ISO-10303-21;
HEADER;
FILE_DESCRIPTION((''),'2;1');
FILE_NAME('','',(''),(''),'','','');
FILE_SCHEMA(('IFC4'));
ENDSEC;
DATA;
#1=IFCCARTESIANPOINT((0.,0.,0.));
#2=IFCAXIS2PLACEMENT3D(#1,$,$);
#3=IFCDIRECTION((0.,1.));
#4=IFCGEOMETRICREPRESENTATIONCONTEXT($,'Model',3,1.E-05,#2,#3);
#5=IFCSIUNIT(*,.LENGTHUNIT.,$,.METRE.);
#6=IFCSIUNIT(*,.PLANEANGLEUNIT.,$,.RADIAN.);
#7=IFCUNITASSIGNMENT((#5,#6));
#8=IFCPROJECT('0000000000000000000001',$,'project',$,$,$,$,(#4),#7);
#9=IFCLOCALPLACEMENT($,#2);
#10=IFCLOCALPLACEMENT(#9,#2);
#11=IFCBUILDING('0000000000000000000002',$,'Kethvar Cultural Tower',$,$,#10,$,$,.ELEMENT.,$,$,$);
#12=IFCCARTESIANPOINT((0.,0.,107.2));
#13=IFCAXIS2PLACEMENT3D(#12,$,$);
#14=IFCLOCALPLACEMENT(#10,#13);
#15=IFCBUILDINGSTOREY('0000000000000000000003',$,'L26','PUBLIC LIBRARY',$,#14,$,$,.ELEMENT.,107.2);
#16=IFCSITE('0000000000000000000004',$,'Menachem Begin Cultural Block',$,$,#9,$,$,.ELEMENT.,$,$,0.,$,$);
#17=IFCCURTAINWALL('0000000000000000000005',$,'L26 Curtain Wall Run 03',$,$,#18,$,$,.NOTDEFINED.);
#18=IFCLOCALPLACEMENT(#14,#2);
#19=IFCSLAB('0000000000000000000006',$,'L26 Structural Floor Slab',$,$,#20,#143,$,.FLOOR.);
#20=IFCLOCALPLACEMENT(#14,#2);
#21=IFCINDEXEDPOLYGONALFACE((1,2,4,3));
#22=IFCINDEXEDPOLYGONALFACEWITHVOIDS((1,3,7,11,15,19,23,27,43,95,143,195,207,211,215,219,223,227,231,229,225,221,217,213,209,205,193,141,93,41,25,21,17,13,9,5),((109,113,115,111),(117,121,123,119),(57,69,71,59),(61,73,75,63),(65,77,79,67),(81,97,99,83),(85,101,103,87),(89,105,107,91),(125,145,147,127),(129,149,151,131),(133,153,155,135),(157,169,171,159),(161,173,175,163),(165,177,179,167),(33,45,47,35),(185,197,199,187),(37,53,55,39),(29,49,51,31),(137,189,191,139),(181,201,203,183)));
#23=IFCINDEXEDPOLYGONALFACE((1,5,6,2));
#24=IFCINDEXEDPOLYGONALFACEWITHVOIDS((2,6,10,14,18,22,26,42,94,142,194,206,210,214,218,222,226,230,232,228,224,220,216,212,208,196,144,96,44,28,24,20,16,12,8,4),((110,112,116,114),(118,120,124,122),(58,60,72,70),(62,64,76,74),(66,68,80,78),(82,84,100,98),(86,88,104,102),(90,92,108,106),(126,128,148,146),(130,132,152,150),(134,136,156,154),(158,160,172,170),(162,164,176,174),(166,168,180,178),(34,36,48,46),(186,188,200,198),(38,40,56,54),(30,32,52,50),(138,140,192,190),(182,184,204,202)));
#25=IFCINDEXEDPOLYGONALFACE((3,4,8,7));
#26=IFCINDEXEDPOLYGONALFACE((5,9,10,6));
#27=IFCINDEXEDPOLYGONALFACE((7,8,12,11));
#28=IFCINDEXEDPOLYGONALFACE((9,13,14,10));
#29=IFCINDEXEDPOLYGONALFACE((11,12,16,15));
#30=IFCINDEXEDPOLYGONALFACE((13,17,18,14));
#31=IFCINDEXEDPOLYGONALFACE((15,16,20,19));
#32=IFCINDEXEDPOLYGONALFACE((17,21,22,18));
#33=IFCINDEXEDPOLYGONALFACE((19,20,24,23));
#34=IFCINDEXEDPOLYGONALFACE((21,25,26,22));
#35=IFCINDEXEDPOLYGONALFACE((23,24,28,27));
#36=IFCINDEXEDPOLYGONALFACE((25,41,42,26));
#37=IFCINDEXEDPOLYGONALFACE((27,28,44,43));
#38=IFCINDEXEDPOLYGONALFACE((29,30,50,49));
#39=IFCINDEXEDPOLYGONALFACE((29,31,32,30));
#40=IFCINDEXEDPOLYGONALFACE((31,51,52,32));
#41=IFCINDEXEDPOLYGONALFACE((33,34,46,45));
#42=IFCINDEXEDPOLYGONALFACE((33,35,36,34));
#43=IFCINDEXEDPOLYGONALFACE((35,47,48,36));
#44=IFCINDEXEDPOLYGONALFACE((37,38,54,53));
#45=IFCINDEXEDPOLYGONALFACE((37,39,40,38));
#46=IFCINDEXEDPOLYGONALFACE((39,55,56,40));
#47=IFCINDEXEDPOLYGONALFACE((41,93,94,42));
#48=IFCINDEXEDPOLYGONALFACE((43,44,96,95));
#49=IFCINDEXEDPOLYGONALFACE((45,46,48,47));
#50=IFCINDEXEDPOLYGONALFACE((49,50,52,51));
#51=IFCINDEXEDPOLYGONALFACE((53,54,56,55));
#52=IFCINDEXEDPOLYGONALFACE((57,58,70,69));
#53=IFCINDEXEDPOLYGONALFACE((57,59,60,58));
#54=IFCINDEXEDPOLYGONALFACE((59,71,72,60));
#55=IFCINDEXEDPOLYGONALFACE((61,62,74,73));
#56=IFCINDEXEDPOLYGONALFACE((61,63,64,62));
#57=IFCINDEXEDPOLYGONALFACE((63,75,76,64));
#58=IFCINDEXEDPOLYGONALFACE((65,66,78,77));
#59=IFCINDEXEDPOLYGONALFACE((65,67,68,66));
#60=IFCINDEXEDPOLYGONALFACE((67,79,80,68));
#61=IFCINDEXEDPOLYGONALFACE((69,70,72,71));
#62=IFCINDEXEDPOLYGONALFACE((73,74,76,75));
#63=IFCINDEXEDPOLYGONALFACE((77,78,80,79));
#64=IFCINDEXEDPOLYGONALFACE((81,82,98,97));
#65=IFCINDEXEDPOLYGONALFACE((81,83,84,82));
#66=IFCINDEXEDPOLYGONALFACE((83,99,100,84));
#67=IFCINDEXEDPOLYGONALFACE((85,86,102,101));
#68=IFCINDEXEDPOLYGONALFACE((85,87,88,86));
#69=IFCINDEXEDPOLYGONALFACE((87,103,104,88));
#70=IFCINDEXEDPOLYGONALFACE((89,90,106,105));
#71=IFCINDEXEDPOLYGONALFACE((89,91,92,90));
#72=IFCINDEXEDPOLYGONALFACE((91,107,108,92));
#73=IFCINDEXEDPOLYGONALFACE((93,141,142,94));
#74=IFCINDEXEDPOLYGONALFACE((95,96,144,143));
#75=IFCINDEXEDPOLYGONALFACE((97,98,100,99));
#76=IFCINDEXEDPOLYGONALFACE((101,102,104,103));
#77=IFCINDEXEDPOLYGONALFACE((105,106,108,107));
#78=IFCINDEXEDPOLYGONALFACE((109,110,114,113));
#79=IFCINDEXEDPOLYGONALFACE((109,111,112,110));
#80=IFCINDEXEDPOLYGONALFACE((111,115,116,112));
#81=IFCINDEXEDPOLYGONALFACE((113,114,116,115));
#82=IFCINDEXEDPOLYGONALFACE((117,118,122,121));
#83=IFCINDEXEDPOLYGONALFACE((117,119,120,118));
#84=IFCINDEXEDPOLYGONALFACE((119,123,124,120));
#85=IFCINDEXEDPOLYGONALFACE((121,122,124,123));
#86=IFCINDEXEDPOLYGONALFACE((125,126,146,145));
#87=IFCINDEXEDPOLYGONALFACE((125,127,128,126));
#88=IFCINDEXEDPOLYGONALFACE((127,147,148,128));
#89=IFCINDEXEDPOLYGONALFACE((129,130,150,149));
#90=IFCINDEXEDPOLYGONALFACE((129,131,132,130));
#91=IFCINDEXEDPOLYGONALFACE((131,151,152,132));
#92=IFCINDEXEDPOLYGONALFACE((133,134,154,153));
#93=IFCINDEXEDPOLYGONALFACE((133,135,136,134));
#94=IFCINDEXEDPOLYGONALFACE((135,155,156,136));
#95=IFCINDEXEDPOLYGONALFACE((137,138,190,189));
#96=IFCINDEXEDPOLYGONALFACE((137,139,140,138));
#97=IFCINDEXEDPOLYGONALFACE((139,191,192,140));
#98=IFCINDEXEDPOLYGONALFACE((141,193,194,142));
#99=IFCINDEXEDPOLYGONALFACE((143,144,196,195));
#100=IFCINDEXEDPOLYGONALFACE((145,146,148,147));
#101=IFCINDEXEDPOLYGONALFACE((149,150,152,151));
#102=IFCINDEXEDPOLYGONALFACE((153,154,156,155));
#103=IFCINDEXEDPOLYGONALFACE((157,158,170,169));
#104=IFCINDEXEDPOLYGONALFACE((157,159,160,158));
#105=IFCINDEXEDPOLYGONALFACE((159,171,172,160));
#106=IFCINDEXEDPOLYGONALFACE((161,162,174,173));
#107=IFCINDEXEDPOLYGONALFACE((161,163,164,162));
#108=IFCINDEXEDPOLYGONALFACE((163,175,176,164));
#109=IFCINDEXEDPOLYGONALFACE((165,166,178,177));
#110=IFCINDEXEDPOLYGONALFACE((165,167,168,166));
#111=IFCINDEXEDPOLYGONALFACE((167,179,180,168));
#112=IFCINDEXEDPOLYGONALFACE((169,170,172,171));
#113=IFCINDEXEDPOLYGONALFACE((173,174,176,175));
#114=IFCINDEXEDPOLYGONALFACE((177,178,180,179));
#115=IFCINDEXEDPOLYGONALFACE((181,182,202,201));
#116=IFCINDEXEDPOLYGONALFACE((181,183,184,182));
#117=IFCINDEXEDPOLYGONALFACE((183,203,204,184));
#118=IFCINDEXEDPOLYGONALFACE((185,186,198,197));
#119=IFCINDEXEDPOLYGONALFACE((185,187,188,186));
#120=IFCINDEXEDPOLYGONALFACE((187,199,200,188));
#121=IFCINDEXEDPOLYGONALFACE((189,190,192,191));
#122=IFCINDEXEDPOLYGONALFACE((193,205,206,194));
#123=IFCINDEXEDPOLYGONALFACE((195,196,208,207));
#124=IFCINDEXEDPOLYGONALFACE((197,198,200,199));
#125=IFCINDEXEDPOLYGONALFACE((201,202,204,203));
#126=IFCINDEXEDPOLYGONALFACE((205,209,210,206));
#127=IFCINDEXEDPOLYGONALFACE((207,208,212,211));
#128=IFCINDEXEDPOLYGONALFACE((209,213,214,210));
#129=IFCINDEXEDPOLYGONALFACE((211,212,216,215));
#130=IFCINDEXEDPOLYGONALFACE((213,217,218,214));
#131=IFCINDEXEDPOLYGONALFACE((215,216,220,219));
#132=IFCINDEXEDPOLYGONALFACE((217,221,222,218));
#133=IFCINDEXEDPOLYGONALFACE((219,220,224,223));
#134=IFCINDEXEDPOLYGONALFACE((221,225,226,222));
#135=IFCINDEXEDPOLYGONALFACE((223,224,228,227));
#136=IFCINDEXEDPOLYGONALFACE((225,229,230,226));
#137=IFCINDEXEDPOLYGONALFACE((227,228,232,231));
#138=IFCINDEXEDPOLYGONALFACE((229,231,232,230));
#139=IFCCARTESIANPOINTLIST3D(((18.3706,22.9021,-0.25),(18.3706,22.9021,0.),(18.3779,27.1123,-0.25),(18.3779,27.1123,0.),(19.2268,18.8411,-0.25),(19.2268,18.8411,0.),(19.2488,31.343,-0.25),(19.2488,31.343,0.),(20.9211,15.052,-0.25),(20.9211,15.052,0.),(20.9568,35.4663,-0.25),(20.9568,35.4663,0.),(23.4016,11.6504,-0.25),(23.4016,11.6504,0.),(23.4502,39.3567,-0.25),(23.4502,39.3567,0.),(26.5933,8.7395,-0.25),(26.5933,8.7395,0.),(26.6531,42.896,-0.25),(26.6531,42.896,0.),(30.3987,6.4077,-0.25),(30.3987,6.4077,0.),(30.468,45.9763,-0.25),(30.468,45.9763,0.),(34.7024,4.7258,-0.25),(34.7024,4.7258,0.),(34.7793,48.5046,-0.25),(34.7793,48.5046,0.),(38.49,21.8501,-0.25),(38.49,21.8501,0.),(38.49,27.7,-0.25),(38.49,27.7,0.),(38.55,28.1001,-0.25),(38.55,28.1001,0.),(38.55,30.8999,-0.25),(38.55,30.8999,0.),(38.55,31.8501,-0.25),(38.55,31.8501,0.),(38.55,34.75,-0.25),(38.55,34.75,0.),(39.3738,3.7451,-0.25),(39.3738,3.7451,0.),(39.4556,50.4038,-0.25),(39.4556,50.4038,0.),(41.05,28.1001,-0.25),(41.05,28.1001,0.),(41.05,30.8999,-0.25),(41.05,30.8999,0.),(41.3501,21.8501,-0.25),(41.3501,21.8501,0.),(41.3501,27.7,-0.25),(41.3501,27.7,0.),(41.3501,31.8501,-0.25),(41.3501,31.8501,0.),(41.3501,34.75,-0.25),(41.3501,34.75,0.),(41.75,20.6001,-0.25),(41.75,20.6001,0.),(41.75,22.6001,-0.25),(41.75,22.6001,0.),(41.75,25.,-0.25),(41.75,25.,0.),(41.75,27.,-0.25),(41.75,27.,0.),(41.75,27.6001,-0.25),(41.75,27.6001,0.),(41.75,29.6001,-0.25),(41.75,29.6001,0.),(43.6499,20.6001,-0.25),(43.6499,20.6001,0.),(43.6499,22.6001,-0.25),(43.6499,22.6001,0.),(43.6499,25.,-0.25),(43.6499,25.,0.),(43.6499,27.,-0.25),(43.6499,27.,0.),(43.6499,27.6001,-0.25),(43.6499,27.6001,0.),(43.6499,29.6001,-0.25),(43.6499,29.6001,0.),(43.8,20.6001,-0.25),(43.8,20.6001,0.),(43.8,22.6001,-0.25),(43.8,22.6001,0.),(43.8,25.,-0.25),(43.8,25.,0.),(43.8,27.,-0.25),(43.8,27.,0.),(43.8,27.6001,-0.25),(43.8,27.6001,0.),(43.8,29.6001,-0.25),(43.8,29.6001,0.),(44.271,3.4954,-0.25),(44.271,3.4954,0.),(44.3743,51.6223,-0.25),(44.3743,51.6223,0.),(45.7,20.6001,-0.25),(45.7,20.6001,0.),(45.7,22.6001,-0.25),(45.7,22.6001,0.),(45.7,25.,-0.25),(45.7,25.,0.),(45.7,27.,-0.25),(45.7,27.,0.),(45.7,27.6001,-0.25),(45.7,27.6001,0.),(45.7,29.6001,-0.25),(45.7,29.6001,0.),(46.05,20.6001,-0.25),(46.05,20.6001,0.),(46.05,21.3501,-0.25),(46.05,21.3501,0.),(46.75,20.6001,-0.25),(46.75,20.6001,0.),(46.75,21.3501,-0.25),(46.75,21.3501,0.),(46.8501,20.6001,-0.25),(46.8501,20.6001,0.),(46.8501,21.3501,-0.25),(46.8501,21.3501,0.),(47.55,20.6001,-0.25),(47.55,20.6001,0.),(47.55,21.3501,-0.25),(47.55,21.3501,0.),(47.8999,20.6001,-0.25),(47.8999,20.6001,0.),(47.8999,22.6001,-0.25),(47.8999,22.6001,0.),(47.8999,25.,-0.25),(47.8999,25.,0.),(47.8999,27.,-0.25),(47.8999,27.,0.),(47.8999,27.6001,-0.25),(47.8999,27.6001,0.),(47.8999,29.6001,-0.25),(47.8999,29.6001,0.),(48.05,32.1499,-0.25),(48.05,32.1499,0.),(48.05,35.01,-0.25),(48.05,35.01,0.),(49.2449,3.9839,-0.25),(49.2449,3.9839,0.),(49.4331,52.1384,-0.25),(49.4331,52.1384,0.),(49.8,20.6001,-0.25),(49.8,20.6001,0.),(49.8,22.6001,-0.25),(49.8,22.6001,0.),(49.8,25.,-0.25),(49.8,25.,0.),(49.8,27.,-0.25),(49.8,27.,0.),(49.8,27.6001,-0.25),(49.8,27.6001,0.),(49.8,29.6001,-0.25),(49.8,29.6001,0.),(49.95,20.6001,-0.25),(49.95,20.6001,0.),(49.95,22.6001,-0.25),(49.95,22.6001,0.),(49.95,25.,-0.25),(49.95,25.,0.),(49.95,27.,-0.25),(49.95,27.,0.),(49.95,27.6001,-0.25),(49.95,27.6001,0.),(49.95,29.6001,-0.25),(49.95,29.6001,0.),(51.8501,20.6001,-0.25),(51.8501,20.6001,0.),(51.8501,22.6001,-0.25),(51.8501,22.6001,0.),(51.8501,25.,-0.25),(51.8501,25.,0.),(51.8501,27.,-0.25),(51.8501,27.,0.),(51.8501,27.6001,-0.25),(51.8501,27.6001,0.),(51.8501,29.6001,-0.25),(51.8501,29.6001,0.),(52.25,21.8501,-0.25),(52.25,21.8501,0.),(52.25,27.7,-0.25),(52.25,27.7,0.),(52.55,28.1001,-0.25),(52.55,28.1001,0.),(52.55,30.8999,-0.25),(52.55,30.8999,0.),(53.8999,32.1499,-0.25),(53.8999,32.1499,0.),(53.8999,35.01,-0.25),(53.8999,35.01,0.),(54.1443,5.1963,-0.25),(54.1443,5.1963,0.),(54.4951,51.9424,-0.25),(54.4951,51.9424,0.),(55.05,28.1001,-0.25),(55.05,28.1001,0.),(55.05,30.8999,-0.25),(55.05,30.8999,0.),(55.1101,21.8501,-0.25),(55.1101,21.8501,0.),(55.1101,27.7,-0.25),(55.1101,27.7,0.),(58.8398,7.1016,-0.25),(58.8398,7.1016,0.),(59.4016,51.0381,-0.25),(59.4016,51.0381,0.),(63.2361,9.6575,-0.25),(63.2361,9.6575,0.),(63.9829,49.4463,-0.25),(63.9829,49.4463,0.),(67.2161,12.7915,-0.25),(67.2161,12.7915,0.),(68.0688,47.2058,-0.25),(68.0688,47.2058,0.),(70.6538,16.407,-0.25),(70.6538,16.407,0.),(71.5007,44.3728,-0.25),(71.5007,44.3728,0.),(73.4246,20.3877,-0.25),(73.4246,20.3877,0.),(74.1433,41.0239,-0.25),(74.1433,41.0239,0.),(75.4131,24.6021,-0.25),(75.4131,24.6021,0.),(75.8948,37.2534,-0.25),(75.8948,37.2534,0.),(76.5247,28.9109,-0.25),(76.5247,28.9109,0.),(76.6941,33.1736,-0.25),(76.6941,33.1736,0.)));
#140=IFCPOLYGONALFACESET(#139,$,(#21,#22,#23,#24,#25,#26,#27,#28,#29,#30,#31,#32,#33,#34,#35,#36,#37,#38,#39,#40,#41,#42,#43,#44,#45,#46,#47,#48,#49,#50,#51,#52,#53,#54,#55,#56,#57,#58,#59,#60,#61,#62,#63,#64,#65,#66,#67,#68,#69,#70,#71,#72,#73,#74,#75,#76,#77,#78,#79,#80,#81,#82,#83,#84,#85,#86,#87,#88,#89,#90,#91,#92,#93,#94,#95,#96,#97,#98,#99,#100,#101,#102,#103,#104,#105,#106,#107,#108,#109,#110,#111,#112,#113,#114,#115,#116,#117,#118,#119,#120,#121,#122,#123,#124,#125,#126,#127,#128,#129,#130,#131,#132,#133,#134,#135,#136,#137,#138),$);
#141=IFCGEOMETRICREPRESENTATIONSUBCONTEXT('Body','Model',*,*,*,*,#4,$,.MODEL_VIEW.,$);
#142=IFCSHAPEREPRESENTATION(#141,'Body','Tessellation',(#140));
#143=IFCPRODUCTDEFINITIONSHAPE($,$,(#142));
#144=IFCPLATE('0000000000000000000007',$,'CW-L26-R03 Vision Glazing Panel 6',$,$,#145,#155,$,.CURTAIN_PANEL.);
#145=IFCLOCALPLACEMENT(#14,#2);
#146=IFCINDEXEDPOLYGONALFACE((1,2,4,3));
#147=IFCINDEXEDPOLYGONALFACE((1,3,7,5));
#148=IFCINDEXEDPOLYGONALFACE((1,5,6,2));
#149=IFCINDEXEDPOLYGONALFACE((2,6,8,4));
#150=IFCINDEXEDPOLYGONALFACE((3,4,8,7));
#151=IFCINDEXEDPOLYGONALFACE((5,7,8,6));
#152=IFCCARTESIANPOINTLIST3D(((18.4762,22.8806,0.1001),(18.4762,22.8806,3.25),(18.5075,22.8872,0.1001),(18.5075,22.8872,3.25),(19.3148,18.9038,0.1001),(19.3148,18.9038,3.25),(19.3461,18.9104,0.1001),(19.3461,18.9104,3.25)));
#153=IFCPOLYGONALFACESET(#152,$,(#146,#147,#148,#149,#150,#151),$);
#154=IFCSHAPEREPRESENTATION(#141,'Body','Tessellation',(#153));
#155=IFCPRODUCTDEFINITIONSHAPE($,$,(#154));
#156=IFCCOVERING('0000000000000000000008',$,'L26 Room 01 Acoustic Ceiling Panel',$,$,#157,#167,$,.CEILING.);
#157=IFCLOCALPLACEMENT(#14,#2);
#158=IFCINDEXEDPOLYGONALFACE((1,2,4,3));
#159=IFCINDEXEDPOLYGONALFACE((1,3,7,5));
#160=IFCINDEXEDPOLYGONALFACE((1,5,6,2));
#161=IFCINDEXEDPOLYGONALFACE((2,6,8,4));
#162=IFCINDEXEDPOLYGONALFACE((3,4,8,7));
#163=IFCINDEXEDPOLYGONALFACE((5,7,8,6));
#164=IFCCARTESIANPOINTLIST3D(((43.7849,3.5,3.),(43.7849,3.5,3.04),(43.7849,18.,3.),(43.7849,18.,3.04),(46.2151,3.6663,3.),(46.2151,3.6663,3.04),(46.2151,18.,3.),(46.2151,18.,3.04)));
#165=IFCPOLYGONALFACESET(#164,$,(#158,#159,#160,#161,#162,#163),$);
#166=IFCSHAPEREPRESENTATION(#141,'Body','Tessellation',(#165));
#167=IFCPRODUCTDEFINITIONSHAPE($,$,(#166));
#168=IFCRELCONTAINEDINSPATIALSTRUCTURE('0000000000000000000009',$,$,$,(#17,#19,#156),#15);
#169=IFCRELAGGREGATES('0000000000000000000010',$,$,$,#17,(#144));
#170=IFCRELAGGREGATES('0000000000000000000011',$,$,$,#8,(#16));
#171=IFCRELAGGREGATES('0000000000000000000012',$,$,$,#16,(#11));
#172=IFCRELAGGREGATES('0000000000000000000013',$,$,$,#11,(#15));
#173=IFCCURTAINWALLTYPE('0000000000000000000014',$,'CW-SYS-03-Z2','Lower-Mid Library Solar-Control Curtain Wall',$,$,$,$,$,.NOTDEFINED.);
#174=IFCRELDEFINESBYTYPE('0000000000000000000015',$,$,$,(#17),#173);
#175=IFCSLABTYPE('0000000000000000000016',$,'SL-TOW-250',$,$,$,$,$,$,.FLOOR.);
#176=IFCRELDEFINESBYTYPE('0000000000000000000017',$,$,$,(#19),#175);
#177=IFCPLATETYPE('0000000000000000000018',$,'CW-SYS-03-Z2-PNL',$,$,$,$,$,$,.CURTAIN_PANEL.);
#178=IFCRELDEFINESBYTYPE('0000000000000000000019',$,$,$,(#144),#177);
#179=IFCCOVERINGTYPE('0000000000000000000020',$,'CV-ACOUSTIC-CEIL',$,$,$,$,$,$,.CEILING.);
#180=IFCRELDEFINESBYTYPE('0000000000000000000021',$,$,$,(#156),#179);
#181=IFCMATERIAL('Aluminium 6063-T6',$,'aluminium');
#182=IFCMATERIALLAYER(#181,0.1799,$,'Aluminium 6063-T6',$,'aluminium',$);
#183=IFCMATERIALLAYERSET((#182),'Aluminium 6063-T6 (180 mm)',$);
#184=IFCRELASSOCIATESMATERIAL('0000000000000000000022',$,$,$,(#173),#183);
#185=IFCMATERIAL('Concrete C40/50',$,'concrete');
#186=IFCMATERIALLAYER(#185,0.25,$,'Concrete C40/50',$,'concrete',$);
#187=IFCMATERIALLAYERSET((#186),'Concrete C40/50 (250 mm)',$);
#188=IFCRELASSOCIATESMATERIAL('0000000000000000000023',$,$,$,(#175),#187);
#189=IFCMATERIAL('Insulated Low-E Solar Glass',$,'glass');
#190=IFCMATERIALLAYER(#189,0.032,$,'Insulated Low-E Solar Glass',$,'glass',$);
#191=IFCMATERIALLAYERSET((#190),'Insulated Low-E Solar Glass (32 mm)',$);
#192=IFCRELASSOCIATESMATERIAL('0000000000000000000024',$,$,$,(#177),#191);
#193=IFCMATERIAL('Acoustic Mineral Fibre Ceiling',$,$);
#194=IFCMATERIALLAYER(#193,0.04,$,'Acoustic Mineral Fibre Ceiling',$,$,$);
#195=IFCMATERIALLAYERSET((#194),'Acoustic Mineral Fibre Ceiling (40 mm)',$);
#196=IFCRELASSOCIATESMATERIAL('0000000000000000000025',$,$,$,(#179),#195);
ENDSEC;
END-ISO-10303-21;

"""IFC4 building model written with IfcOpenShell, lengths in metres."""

from ifc_helpers import new_model, si_unit, direction, frame, origin, origin_2d, place, context, subcontext, project, spatial, polyline, rectangle, outline, extrude, source, transform, mapped, material, layer, layer_set, type_object, element, aggregate, save


model = new_model("IFC4")

# Units and contexts
model_context = context("Model", 3, precision=1e-05, world=origin(), true_north=direction((0.0, 1.0)))
body_context = subcontext(model_context, "Body", "Model", "MODEL_VIEW")
ifc_project = project(units=[si_unit("LENGTHUNIT", "METRE"), si_unit("PLANEANGLEUNIT", "RADIAN")], contexts=[model_context])

# Site, building, storey
site_placement = place(None, origin())
site = spatial("IfcSite", under=ifc_project, at=site_placement, Name="Menachem Begin Cultural Block", CompositionType="ELEMENT", RefElevation=0.0)
building_placement = place(site_placement, origin())
building = spatial("IfcBuilding", under=site, at=building_placement, Name="Kethvar Cultural Tower", CompositionType="ELEMENT")
storey_placement = place(building_placement, frame((0.0, 0.0, 107.2)))
storey = spatial("IfcBuildingStorey", under=building, at=storey_placement, Name="L26", Description="PUBLIC LIBRARY", CompositionType="ELEMENT", Elevation=107.2)

# Curtain wall
ifc_material_1 = material(Name="Aluminium 6063-T6", Category="aluminium")
ifc_layer_1 = layer(ifc_material_1, 0.1799, Name="Aluminium 6063-T6", Category="aluminium")
ifc_layer_set_1 = layer_set([ifc_layer_1], Name="Aluminium 6063-T6 (180 mm)")
curtain_wall_type = type_object("IfcCurtainWallType", Name="CW-SYS-03-Z2", Description="Lower-Mid Library Solar-Control Curtain Wall", PredefinedType="NOTDEFINED", material=ifc_layer_set_1)
curtain_wall_1_placement = place(storey_placement, origin())
curtain_wall_1 = element("IfcCurtainWall", 1, at=curtain_wall_1_placement, inside=storey, type_object=curtain_wall_type, Name="L26 Curtain Wall Run 03", PredefinedType="NOTDEFINED")

# Shared definitions
ifc_material_2 = material(Name="Concrete C40/50", Category="concrete")

# Slab
ifc_layer_2 = layer(ifc_material_2, 0.25, Name="Concrete C40/50", Category="concrete")
ifc_layer_set_2 = layer_set([ifc_layer_2], Name="Concrete C40/50 (250 mm)")
slab_type_1 = type_object("IfcSlabType", Name="SL-TOW-250", PredefinedType="FLOOR", material=ifc_layer_set_2)
slab_1_placement = place(storey_placement, frame((0.0, 0.0, -0.25)))
element("IfcSlab", 2, at=slab_1_placement, inside=storey, type_object=slab_type_1, Name="L26 Structural Floor Slab", PredefinedType="FLOOR", context=body_context, shape_type="SweptSolid", body=[
    extrude(outline(polyline([(75.8948, 37.2534), (74.1433, 41.0239), (71.5007, 44.3728), (68.0688, 47.2058), (63.9829, 49.4463), (59.4016, 51.0381), (54.4951, 51.9424), (49.4331, 52.1384), (44.3743, 51.6223), (39.4556, 50.4038), (34.7793, 48.5046), (30.468, 45.9763), (26.6531, 42.896), (23.4502, 39.3567), (20.9568, 35.4663), (19.2488, 31.343), (18.3779, 27.1123), (18.3706, 22.9021), (19.2268, 18.8411), (20.9211, 15.052), (23.4016, 11.6504), (26.5933, 8.7395), (30.3987, 6.4077), (34.7024, 4.7258), (39.3738, 3.7451), (44.271, 3.4954), (49.2449, 3.9839), (54.1443, 5.1963), (58.8398, 7.1016), (63.2361, 9.6575), (67.2161, 12.7915), (70.6538, 16.407), (73.4246, 20.3877), (75.4131, 24.6021), (76.5247, 28.9109), (76.6941, 33.1736), (75.8948, 37.2534)]), holes=[polyline([(38.49, 21.8501), (38.49, 27.7), (41.3501, 27.7), (41.3501, 21.8501), (38.49, 21.8501)]), polyline([(52.25, 21.8501), (52.25, 27.7), (55.1101, 27.7), (55.1101, 21.8501), (52.25, 21.8501)]), polyline([(53.8999, 32.1499), (48.05, 32.1499), (48.05, 35.01), (53.8999, 35.01), (53.8999, 32.1499)]), polyline([(41.75, 22.6001), (43.6499, 22.6001), (43.6499, 20.6001), (41.75, 20.6001), (41.75, 22.6001)]), polyline([(43.8, 22.6001), (45.7, 22.6001), (45.7, 20.6001), (43.8, 20.6001), (43.8, 22.6001)]), polyline([(47.8999, 22.6001), (49.8, 22.6001), (49.8, 20.6001), (47.8999, 20.6001), (47.8999, 22.6001)]), polyline([(49.95, 22.6001), (51.8501, 22.6001), (51.8501, 20.6001), (49.95, 20.6001), (49.95, 22.6001)]), polyline([(41.75, 27.0), (43.6499, 27.0), (43.6499, 25.0), (41.75, 25.0), (41.75, 27.0)]), polyline([(43.8, 27.0), (45.7, 27.0), (45.7, 25.0), (43.8, 25.0), (43.8, 27.0)]), polyline([(47.8999, 27.0), (49.8, 27.0), (49.8, 25.0), (47.8999, 25.0), (47.8999, 27.0)]), polyline([(49.95, 27.0), (51.8501, 27.0), (51.8501, 25.0), (49.95, 25.0), (49.95, 27.0)]), polyline([(41.75, 29.6001), (43.6499, 29.6001), (43.6499, 27.6001), (41.75, 27.6001), (41.75, 29.6001)]), polyline([(43.8, 29.6001), (45.7, 29.6001), (45.7, 27.6001), (43.8, 27.6001), (43.8, 29.6001)]), polyline([(47.8999, 29.6001), (49.8, 29.6001), (49.8, 27.6001), (47.8999, 27.6001), (47.8999, 29.6001)]), polyline([(49.95, 29.6001), (51.8501, 29.6001), (51.8501, 27.6001), (49.95, 27.6001), (49.95, 29.6001)]), polyline([(38.55, 30.8999), (41.05, 30.8999), (41.05, 28.1001), (38.55, 28.1001), (38.55, 30.8999)]), polyline([(52.55, 30.8999), (55.05, 30.8999), (55.05, 28.1001), (52.55, 28.1001), (52.55, 30.8999)]), polyline([(38.55, 34.75), (41.3501, 34.75), (41.3501, 31.8501), (38.55, 31.8501), (38.55, 34.75)]), polyline([(46.05, 21.3501), (46.75, 21.3501), (46.75, 20.6001), (46.05, 20.6001), (46.05, 21.3501)]), polyline([(46.8501, 21.3501), (47.55, 21.3501), (47.55, 20.6001), (46.8501, 20.6001), (46.8501, 21.3501)])]), origin(), (0.0, 0.0, 1.0), 0.25),
])

# Plate
ifc_material_3 = material(Name="Insulated Low-E Solar Glass", Category="glass")
ifc_layer_3 = layer(ifc_material_3, 0.032, Name="Insulated Low-E Solar Glass", Category="glass")
ifc_layer_set_3 = layer_set([ifc_layer_3], Name="Insulated Low-E Solar Glass (32 mm)")
plate_type = type_object("IfcPlateType", Name="CW-SYS-03-Z2-PNL", PredefinedType="CURTAIN_PANEL", material=ifc_layer_set_3)
shared_shape_1 = source(origin(), body_context, "Body", "SweptSolid", [
    extrude(rectangle(XDim=4.0642, YDim=0.032, at=origin_2d()), origin(), (0.0, 0.0, 1.0), 3.1499),
])
plate_placement = place(storey_placement, frame((18.9111, 20.8955, 0.1001), z_axis=(0.0, 0.0, 1.0), x_axis=(0.206341, -0.97848, 0.0)))
plate = element("IfcPlate", 3, at=plate_placement, type_object=plate_type, Name="CW-L26-R03 Vision Glazing Panel 6", PredefinedType="CURTAIN_PANEL", context=body_context, shape_type="MappedRepresentation", body=[
    mapped(shared_shape_1, transform((0.0, 0.0, 0.0), scale=1.0)),
])
aggregate(curtain_wall_1, [plate])

# Covering
ifc_material_4 = material(Name="Acoustic Mineral Fibre Ceiling")
ifc_layer_4 = layer(ifc_material_4, 0.04, Name="Acoustic Mineral Fibre Ceiling")
ifc_layer_set_4 = layer_set([ifc_layer_4], Name="Acoustic Mineral Fibre Ceiling (40 mm)")
covering_type_1 = type_object("IfcCoveringType", Name="CV-ACOUSTIC-CEIL", PredefinedType="CEILING", material=ifc_layer_set_4)
covering_1_placement = place(storey_placement, frame((0.0, 0.0, 3.0)))
element("IfcCovering", 4, at=covering_1_placement, inside=storey, type_object=covering_type_1, Name="L26 Room 01 Acoustic Ceiling Panel", PredefinedType="CEILING", context=body_context, shape_type="SweptSolid", body=[
    extrude(outline(polyline([(46.2151, 3.6663), (43.7849, 3.5), (43.7849, 18.0), (46.2151, 18.0), (46.2151, 3.6663)])), origin(), (0.0, 0.0, 1.0), 0.04),
])

save(model, "model.ifc")
